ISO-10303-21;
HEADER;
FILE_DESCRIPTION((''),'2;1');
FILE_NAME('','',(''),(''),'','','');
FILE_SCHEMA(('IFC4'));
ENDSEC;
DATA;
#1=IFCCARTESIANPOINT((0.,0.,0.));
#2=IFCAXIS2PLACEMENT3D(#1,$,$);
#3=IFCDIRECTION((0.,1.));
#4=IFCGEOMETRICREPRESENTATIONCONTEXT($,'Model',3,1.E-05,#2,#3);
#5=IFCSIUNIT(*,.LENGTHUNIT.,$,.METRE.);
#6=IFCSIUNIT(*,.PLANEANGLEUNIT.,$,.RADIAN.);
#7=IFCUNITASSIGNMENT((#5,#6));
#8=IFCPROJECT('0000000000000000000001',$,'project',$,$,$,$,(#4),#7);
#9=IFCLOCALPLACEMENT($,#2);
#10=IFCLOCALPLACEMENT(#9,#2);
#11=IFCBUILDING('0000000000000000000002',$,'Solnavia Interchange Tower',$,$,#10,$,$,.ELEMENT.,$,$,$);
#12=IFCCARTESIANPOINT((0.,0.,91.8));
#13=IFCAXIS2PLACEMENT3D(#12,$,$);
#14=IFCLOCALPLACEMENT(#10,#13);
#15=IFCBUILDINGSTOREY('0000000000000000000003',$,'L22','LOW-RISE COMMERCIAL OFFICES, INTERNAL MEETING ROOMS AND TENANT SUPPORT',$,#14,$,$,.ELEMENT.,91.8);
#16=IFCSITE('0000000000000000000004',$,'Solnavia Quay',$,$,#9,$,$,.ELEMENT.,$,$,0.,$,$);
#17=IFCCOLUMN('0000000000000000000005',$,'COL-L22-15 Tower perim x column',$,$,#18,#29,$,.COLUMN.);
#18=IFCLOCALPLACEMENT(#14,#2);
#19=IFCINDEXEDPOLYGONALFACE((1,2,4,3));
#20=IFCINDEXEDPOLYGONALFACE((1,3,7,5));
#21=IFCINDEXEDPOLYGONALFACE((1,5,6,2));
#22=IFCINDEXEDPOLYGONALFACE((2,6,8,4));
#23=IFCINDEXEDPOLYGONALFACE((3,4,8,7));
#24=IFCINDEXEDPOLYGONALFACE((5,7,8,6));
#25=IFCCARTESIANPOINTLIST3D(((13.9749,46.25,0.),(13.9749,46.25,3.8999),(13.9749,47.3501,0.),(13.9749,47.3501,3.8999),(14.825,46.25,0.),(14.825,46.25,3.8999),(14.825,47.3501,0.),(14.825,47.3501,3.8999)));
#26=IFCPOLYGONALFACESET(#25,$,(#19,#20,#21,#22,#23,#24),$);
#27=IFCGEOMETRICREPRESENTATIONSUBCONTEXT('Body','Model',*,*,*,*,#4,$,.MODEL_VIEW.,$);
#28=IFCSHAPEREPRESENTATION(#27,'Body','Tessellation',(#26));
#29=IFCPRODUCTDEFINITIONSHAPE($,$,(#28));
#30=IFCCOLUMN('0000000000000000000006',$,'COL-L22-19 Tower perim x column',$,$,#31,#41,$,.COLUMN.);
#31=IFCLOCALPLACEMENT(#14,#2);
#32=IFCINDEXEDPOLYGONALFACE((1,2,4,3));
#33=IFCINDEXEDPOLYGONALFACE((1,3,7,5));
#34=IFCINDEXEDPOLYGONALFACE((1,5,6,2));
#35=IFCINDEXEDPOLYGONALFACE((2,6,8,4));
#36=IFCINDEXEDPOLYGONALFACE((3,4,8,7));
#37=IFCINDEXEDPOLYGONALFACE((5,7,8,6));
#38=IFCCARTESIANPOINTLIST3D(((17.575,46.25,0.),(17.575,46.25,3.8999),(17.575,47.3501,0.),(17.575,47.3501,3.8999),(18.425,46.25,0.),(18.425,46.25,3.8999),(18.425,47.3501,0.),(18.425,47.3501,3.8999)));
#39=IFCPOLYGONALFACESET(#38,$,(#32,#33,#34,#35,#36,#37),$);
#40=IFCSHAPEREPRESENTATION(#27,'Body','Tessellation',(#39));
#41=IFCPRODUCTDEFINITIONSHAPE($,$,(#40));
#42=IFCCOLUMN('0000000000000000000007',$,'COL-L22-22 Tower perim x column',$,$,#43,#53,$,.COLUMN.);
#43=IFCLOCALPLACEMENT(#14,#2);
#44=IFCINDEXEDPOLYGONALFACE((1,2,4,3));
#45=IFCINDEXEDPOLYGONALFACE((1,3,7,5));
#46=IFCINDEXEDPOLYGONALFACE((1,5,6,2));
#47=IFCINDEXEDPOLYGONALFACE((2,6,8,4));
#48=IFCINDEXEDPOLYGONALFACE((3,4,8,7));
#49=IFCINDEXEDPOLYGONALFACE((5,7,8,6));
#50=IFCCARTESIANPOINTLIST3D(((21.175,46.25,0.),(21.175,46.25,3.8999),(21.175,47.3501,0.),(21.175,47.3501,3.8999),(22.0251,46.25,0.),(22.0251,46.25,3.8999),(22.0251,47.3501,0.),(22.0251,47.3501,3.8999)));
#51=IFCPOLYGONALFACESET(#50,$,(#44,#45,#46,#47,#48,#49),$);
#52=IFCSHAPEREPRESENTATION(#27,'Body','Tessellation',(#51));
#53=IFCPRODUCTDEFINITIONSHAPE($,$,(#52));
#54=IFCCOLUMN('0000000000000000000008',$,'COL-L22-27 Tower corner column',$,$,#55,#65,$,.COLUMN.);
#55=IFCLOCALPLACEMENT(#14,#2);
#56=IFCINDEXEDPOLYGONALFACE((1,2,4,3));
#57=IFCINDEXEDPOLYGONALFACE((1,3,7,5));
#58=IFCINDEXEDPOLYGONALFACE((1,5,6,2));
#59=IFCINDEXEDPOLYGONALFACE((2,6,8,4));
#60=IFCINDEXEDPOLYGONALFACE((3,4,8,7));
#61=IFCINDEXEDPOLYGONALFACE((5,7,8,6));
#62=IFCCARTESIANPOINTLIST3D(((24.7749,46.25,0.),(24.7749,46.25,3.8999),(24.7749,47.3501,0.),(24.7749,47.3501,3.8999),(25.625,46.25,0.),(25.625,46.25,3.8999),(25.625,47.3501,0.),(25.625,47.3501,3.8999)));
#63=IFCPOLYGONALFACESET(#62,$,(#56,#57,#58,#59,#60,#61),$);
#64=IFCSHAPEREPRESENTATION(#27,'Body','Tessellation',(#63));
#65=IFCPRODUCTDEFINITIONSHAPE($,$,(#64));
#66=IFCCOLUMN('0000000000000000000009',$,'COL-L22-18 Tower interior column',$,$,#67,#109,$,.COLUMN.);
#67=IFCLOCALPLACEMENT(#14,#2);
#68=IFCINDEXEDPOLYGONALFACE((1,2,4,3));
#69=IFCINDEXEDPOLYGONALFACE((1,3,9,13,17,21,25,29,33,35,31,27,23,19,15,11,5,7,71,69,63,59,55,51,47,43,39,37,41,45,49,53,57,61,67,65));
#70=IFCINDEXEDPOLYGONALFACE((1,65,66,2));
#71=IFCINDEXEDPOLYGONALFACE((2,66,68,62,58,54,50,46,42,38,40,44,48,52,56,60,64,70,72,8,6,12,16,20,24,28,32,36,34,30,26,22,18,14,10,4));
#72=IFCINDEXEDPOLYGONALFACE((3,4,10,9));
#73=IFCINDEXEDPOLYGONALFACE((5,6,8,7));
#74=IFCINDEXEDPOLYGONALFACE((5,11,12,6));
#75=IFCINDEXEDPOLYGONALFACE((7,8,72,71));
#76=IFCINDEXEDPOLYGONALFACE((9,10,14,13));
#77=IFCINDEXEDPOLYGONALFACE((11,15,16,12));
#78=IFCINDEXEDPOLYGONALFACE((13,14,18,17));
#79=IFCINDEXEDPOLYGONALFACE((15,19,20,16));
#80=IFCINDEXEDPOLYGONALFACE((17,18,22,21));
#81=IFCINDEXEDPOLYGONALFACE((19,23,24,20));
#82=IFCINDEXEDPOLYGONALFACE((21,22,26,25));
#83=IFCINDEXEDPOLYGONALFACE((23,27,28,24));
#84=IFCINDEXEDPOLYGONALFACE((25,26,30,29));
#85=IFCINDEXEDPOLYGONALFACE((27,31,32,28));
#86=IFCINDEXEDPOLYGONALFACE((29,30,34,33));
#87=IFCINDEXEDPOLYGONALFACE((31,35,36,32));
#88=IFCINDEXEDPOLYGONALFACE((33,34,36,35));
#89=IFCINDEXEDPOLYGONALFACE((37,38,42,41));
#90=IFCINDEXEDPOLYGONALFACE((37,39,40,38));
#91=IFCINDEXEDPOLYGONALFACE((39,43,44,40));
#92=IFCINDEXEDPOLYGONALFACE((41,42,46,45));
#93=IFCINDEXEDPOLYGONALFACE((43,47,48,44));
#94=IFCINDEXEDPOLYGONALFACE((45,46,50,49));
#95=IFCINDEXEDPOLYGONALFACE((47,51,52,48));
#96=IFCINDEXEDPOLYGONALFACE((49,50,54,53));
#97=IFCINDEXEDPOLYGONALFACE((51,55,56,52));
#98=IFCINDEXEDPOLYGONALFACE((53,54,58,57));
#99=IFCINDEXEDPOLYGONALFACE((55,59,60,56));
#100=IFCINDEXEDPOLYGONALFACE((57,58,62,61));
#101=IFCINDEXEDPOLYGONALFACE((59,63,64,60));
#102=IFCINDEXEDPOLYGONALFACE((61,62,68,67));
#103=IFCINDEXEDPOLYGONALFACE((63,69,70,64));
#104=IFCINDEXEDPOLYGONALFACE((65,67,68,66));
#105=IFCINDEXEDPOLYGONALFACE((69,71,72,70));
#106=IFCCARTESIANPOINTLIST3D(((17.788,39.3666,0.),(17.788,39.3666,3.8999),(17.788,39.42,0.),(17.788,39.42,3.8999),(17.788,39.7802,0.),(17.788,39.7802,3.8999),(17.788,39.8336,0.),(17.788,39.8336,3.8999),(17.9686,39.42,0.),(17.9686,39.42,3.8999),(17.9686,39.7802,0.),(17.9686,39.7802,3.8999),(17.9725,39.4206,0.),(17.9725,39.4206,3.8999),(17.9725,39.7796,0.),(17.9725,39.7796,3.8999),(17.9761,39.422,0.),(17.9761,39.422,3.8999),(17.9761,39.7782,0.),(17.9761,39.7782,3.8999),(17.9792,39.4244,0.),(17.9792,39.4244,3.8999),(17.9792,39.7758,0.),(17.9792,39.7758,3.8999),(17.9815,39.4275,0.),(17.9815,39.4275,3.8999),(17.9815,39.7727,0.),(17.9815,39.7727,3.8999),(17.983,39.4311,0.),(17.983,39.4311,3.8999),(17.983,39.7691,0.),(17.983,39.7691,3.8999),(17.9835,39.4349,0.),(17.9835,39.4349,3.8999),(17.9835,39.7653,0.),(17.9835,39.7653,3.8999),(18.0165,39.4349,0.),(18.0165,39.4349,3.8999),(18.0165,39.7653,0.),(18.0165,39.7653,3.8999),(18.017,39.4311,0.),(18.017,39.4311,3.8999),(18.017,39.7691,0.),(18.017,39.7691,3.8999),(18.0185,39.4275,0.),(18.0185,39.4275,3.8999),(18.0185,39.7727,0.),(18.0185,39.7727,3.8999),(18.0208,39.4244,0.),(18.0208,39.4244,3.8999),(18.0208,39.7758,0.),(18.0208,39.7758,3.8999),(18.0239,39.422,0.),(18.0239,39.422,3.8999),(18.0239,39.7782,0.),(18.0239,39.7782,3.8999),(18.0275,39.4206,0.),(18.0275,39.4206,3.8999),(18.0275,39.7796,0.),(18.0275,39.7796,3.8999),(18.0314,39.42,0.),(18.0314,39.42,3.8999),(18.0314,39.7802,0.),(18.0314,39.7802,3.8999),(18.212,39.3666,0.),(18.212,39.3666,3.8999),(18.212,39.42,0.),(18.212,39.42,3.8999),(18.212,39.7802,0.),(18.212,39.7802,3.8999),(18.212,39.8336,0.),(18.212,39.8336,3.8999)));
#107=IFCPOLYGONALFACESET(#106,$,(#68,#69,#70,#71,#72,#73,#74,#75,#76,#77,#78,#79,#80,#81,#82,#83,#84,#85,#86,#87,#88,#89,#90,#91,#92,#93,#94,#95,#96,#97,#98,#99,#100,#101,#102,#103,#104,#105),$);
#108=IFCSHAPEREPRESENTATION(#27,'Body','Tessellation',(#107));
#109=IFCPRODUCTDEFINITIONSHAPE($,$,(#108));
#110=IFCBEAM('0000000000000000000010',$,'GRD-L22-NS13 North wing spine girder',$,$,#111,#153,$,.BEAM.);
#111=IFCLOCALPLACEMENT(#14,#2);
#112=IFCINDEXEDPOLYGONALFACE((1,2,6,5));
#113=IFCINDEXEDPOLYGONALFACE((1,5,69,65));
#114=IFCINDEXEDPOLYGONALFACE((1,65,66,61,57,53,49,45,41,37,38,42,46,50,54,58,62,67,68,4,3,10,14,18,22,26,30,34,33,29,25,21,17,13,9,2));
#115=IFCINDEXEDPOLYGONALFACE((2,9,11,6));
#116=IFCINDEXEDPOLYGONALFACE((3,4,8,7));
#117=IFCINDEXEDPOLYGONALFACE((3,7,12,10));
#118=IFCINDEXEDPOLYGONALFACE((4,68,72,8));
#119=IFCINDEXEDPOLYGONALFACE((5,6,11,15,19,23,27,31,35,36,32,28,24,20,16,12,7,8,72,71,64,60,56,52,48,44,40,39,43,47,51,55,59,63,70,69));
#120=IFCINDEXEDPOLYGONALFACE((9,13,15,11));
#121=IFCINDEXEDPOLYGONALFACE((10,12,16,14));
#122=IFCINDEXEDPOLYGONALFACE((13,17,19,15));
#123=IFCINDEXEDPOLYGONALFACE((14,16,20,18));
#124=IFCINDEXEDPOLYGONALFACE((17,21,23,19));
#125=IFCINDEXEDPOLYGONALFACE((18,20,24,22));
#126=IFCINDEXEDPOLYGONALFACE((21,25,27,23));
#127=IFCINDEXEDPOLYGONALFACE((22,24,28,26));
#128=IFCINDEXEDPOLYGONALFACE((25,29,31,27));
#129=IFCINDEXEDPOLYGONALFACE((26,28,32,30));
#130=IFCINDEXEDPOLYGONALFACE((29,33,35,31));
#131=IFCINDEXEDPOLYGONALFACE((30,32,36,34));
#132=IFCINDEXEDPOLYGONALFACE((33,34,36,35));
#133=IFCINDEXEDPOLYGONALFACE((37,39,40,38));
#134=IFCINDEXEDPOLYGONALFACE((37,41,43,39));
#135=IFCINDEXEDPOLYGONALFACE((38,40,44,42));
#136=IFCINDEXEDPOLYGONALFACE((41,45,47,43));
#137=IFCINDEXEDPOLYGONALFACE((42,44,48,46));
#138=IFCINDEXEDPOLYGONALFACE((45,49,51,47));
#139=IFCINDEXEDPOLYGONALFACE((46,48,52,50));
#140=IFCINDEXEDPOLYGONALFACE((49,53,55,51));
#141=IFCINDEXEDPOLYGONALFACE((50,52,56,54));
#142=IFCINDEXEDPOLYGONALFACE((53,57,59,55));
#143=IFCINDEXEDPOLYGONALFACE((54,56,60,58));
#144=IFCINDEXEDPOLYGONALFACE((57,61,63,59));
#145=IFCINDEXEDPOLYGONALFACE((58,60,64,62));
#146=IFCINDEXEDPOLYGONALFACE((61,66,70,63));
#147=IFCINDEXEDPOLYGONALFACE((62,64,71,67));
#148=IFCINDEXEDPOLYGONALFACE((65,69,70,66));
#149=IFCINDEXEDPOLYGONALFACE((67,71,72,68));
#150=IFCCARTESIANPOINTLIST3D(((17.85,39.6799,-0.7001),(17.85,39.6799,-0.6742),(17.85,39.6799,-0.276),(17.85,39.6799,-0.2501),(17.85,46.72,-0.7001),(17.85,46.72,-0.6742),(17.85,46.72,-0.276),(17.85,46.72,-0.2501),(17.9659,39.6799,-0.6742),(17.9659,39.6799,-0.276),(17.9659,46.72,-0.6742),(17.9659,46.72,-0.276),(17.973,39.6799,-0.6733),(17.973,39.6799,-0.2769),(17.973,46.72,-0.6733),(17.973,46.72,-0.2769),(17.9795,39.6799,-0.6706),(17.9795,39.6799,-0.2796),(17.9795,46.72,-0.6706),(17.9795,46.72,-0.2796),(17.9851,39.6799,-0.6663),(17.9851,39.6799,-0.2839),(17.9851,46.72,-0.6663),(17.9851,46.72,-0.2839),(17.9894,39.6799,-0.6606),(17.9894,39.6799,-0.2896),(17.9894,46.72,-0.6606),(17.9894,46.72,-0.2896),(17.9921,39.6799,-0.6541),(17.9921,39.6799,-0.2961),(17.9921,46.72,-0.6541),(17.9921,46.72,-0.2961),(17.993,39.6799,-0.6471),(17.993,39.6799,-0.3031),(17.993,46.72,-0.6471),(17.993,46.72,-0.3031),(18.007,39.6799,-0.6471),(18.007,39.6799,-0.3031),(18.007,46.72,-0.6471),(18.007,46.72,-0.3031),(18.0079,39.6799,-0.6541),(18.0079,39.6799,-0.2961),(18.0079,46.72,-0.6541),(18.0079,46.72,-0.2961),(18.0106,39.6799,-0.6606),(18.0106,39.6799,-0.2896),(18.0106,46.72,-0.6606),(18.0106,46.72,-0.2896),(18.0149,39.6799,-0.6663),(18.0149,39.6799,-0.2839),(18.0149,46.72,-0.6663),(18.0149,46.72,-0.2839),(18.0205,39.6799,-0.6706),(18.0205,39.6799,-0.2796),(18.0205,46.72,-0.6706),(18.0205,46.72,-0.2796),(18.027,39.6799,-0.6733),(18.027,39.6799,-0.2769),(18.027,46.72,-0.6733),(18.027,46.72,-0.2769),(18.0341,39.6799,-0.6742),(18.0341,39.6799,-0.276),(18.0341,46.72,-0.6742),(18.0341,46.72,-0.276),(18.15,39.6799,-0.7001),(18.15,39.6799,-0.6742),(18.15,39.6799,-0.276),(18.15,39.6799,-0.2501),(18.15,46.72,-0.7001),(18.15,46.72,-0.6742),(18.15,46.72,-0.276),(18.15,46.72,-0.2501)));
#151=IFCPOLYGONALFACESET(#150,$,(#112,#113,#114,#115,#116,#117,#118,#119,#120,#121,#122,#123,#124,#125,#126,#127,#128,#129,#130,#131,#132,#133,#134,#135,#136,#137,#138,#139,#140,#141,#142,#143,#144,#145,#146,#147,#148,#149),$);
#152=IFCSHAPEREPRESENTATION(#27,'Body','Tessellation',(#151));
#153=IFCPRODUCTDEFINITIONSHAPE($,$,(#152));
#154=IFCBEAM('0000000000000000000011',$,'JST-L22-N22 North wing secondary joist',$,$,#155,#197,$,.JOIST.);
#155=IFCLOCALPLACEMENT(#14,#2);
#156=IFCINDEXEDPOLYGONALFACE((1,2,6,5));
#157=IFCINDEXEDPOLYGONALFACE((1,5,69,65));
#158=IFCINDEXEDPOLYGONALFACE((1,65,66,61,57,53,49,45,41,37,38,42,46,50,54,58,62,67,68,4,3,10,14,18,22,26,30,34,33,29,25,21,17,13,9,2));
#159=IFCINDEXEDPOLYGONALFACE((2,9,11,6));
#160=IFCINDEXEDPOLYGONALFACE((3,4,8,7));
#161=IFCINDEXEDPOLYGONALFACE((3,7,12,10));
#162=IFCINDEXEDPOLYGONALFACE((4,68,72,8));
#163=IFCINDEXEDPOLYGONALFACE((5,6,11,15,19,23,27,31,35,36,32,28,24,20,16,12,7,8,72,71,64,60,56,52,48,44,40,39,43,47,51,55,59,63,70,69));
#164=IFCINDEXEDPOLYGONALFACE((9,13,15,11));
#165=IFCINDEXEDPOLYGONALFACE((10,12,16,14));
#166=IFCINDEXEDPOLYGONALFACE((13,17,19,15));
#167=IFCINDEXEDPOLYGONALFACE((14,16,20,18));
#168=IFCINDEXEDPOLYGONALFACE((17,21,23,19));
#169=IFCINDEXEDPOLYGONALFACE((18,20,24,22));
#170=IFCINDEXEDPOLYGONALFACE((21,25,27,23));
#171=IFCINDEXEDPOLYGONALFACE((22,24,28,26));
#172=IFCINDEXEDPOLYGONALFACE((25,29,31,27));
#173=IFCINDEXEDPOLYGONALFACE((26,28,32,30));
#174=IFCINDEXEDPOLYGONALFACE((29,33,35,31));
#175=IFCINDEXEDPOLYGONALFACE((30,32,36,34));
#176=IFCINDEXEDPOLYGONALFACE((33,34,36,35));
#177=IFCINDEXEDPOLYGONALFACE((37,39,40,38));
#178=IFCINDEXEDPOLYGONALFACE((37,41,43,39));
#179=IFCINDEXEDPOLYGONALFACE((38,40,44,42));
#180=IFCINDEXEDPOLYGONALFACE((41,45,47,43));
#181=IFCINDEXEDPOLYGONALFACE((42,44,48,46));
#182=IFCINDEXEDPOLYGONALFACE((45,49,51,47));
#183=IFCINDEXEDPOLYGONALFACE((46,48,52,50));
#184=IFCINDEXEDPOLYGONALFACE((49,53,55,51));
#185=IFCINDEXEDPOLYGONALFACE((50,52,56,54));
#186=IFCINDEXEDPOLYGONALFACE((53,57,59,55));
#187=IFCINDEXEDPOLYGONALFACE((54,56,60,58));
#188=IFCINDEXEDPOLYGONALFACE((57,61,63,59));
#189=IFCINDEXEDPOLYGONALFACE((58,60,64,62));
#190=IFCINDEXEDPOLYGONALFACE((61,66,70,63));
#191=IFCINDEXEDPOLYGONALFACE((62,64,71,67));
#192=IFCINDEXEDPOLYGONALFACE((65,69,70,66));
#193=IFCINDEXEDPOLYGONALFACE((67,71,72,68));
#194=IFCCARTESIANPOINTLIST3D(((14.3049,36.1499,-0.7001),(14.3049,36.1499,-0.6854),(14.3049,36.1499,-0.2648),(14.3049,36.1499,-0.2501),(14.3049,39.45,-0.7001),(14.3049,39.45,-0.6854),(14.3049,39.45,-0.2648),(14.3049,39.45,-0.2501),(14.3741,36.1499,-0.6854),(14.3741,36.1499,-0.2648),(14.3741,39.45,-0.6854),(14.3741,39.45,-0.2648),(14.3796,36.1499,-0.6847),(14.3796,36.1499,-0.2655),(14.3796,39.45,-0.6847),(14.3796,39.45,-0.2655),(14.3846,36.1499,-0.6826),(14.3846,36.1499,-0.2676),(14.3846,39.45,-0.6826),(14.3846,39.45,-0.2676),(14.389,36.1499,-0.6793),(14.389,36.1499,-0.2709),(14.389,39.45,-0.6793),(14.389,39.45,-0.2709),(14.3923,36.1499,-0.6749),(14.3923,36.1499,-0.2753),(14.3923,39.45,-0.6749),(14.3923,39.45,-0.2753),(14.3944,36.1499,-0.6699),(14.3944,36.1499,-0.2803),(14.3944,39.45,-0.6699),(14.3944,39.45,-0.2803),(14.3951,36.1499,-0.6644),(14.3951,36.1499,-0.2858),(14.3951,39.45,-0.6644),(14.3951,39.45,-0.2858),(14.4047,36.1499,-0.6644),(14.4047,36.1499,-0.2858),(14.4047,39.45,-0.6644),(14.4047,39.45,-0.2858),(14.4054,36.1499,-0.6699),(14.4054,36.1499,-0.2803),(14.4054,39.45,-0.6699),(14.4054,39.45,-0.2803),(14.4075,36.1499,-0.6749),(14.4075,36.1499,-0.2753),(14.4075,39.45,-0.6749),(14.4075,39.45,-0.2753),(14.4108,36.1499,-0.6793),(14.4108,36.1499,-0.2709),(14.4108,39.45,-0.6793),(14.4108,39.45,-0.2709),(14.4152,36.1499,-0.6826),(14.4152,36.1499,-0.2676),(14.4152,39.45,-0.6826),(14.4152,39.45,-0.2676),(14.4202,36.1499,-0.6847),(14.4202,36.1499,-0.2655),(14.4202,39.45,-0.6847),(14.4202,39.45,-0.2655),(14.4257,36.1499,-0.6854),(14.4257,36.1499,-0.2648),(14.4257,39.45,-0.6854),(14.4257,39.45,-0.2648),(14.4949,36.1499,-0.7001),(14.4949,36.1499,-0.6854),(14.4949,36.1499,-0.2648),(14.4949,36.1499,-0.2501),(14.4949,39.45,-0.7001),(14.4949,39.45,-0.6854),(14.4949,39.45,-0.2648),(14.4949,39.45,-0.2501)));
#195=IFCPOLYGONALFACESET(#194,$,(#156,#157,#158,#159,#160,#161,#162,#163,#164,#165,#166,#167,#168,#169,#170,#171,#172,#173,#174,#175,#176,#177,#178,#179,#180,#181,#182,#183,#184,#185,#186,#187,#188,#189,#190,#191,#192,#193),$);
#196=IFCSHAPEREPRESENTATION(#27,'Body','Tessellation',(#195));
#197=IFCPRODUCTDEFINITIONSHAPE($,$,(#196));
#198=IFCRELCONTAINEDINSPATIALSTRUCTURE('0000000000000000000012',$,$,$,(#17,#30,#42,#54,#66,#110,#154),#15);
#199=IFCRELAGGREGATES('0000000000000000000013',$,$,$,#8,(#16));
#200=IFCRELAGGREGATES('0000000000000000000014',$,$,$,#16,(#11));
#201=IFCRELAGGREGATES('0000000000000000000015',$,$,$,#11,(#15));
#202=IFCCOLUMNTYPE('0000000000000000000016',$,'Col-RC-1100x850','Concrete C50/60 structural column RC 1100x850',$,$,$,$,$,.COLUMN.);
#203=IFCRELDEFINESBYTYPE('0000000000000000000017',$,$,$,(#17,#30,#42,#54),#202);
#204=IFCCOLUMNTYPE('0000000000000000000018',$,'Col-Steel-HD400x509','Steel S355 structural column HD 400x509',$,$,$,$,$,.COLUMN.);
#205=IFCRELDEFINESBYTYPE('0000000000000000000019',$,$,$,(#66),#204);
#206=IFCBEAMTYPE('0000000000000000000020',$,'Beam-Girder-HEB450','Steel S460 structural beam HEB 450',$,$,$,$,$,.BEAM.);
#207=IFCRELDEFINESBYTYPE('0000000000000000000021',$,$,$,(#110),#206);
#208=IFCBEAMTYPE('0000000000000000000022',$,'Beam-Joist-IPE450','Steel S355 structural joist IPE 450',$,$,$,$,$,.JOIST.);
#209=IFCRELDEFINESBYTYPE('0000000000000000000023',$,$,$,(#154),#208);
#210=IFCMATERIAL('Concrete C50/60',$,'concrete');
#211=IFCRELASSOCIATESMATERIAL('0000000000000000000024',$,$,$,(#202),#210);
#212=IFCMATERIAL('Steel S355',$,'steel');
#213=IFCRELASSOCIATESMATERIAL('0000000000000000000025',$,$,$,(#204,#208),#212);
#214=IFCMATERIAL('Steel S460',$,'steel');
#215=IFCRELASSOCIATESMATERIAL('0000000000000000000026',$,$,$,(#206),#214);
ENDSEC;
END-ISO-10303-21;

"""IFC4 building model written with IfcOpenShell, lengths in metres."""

from ifc_helpers import new_model, si_unit, direction, frame, origin, origin_2d, place, context, subcontext, project, spatial, rectangle, i_section, extrude, material, material_profile, profile_set, type_object, element, save


model = new_model("IFC4")

# Units and contexts
model_context = context("Model", 3, precision=1e-05, world=origin(), true_north=direction((0.0, 1.0)))
body_context = subcontext(model_context, "Body", "Model", "MODEL_VIEW")
ifc_project = project(units=[si_unit("LENGTHUNIT", "METRE"), si_unit("PLANEANGLEUNIT", "RADIAN")], contexts=[model_context])

# Site, building, storey
site_placement = place(None, origin())
site = spatial("IfcSite", under=ifc_project, at=site_placement, Name="Solnavia Quay", CompositionType="ELEMENT", RefElevation=0.0)
building_placement = place(site_placement, origin())
building = spatial("IfcBuilding", under=site, at=building_placement, Name="Solnavia Interchange Tower", CompositionType="ELEMENT")
storey_placement = place(building_placement, frame((0.0, 0.0, 91.8)))
storey = spatial("IfcBuildingStorey", under=building, at=storey_placement, Name="L22", Description="LOW-RISE COMMERCIAL OFFICES, INTERNAL MEETING ROOMS AND TENANT SUPPORT", CompositionType="ELEMENT", Elevation=91.8)

# Columns
ifc_material_1 = material(Name="Concrete C50/60", Category="concrete")
ifc_material_profile_1 = material_profile(ifc_material_1, rectangle(XDim=0.8501, YDim=1.1001, at=origin_2d()), Name="RC 1100x850")
ifc_profile_set_1 = profile_set([ifc_material_profile_1], Name="Concrete C50/60")
column_type_1 = type_object("IfcColumnType", Name="Col-RC-1100x850", Description="Concrete C50/60 structural column RC 1100x850", PredefinedType="COLUMN", material=ifc_profile_set_1)
for number, where, z_axis, x_axis, name in (
    (1, (14.3999, 46.8, 0.0), (0.0, 0.0, 1.0), (1.0, 0.0, 0.0), "COL-L22-15 Tower perim x column"),
    (2, (18.0, 46.8, 0.0), (0.0, 0.0, 1.0), (1.0, 0.0, 0.0), "COL-L22-19 Tower perim x column"),
    (3, (21.6001, 46.8, 0.0), (0.0, 0.0, 1.0), (1.0, 0.0, 0.0), "COL-L22-22 Tower perim x column"),
    (4, (25.2, 46.8, 0.0), (0.0, 0.0, 1.0), (1.0, 0.0, 0.0), "COL-L22-27 Tower corner column"),
):
    element("IfcColumn", number, at=place(storey_placement, frame(where, z_axis=z_axis, x_axis=x_axis)), inside=storey, type_object=column_type_1, Name=name, PredefinedType="COLUMN", context=body_context, shape_type="SweptSolid", body=[
        extrude(rectangle(XDim=0.8501, YDim=1.1001, at=origin_2d()), origin(), (0.0, 0.0, 1.0), 3.8999),
    ])
ifc_material_2 = material(Name="Steel S355", Category="steel")
ifc_material_profile_2 = material_profile(ifc_material_2, i_section(OverallWidth=0.4241, OverallDepth=0.467, WebThickness=0.033, FlangeThickness=0.0535, FilletRadius=0.0149, at=origin_2d()), Name="HD 400x509")
ifc_profile_set_2 = profile_set([ifc_material_profile_2], Name="Steel S355")
column_type_2 = type_object("IfcColumnType", Name="Col-Steel-HD400x509", Description="Steel S355 structural column HD 400x509", PredefinedType="COLUMN", material=ifc_profile_set_2)
column_placement = place(storey_placement, frame((18.0, 39.6001, 0.0), z_axis=(0.0, 0.0, 1.0), x_axis=(1.0, 0.0, 0.0)))
element("IfcColumn", 5, at=column_placement, inside=storey, type_object=column_type_2, Name="COL-L22-18 Tower interior column", PredefinedType="COLUMN", context=body_context, shape_type="SweptSolid", body=[
    extrude(i_section(OverallWidth=0.4241, OverallDepth=0.467, WebThickness=0.033, FlangeThickness=0.0535, FilletRadius=0.0149, at=origin_2d()), origin(), (0.0, 0.0, 1.0), 3.8999),
])

# Beams
ifc_material_3 = material(Name="Steel S460", Category="steel")
ifc_material_profile_3 = material_profile(ifc_material_3, i_section(OverallWidth=0.3, OverallDepth=0.45, WebThickness=0.0139, FlangeThickness=0.0259, FilletRadius=0.0271, at=origin_2d()), Name="HEB 450")
ifc_profile_set_3 = profile_set([ifc_material_profile_3], Name="Steel S460")
beam_type_1 = type_object("IfcBeamType", Name="Beam-Girder-HEB450", Description="Steel S460 structural beam HEB 450", PredefinedType="BEAM", material=ifc_profile_set_3)
beam_1_placement = place(storey_placement, frame((18.0, 39.6799, -0.4751), z_axis=(0.0, 1.0, 0.0), x_axis=(-1.0, 0.0, 0.0)))
element("IfcBeam", 6, at=beam_1_placement, inside=storey, type_object=beam_type_1, Name="GRD-L22-NS13 North wing spine girder", PredefinedType="BEAM", context=body_context, shape_type="SweptSolid", body=[
    extrude(i_section(OverallWidth=0.3, OverallDepth=0.45, WebThickness=0.0139, FlangeThickness=0.0259, FilletRadius=0.0271, at=origin_2d()), origin(), (0.0, 0.0, 1.0), 7.04),
])
ifc_material_profile_4 = material_profile(ifc_material_2, i_section(OverallWidth=0.1899, OverallDepth=0.45, WebThickness=0.0095, FlangeThickness=0.0146, FilletRadius=0.021, at=origin_2d()), Name="IPE 450")
ifc_profile_set_4 = profile_set([ifc_material_profile_4], Name="Steel S355")
beam_type_2 = type_object("IfcBeamType", Name="Beam-Joist-IPE450", Description="Steel S355 structural joist IPE 450", PredefinedType="JOIST", material=ifc_profile_set_4)
for number, where, z_axis, x_axis, name in (
    (7, (14.3999, 36.1499, -0.4751), (0.0, 1.0, 0.0), (-1.0, 0.0, 0.0), "JST-L22-N22 North wing secondary joist"),
):
    element("IfcBeam", number, at=place(storey_placement, frame(where, z_axis=z_axis, x_axis=x_axis)), inside=storey, type_object=beam_type_2, Name=name, PredefinedType="JOIST", context=body_context, shape_type="SweptSolid", body=[
        extrude(i_section(OverallWidth=0.1899, OverallDepth=0.45, WebThickness=0.0095, FlangeThickness=0.0146, FilletRadius=0.021, at=origin_2d()), origin(), (0.0, 0.0, 1.0), 3.3),
    ])

save(model, "model.ifc")
